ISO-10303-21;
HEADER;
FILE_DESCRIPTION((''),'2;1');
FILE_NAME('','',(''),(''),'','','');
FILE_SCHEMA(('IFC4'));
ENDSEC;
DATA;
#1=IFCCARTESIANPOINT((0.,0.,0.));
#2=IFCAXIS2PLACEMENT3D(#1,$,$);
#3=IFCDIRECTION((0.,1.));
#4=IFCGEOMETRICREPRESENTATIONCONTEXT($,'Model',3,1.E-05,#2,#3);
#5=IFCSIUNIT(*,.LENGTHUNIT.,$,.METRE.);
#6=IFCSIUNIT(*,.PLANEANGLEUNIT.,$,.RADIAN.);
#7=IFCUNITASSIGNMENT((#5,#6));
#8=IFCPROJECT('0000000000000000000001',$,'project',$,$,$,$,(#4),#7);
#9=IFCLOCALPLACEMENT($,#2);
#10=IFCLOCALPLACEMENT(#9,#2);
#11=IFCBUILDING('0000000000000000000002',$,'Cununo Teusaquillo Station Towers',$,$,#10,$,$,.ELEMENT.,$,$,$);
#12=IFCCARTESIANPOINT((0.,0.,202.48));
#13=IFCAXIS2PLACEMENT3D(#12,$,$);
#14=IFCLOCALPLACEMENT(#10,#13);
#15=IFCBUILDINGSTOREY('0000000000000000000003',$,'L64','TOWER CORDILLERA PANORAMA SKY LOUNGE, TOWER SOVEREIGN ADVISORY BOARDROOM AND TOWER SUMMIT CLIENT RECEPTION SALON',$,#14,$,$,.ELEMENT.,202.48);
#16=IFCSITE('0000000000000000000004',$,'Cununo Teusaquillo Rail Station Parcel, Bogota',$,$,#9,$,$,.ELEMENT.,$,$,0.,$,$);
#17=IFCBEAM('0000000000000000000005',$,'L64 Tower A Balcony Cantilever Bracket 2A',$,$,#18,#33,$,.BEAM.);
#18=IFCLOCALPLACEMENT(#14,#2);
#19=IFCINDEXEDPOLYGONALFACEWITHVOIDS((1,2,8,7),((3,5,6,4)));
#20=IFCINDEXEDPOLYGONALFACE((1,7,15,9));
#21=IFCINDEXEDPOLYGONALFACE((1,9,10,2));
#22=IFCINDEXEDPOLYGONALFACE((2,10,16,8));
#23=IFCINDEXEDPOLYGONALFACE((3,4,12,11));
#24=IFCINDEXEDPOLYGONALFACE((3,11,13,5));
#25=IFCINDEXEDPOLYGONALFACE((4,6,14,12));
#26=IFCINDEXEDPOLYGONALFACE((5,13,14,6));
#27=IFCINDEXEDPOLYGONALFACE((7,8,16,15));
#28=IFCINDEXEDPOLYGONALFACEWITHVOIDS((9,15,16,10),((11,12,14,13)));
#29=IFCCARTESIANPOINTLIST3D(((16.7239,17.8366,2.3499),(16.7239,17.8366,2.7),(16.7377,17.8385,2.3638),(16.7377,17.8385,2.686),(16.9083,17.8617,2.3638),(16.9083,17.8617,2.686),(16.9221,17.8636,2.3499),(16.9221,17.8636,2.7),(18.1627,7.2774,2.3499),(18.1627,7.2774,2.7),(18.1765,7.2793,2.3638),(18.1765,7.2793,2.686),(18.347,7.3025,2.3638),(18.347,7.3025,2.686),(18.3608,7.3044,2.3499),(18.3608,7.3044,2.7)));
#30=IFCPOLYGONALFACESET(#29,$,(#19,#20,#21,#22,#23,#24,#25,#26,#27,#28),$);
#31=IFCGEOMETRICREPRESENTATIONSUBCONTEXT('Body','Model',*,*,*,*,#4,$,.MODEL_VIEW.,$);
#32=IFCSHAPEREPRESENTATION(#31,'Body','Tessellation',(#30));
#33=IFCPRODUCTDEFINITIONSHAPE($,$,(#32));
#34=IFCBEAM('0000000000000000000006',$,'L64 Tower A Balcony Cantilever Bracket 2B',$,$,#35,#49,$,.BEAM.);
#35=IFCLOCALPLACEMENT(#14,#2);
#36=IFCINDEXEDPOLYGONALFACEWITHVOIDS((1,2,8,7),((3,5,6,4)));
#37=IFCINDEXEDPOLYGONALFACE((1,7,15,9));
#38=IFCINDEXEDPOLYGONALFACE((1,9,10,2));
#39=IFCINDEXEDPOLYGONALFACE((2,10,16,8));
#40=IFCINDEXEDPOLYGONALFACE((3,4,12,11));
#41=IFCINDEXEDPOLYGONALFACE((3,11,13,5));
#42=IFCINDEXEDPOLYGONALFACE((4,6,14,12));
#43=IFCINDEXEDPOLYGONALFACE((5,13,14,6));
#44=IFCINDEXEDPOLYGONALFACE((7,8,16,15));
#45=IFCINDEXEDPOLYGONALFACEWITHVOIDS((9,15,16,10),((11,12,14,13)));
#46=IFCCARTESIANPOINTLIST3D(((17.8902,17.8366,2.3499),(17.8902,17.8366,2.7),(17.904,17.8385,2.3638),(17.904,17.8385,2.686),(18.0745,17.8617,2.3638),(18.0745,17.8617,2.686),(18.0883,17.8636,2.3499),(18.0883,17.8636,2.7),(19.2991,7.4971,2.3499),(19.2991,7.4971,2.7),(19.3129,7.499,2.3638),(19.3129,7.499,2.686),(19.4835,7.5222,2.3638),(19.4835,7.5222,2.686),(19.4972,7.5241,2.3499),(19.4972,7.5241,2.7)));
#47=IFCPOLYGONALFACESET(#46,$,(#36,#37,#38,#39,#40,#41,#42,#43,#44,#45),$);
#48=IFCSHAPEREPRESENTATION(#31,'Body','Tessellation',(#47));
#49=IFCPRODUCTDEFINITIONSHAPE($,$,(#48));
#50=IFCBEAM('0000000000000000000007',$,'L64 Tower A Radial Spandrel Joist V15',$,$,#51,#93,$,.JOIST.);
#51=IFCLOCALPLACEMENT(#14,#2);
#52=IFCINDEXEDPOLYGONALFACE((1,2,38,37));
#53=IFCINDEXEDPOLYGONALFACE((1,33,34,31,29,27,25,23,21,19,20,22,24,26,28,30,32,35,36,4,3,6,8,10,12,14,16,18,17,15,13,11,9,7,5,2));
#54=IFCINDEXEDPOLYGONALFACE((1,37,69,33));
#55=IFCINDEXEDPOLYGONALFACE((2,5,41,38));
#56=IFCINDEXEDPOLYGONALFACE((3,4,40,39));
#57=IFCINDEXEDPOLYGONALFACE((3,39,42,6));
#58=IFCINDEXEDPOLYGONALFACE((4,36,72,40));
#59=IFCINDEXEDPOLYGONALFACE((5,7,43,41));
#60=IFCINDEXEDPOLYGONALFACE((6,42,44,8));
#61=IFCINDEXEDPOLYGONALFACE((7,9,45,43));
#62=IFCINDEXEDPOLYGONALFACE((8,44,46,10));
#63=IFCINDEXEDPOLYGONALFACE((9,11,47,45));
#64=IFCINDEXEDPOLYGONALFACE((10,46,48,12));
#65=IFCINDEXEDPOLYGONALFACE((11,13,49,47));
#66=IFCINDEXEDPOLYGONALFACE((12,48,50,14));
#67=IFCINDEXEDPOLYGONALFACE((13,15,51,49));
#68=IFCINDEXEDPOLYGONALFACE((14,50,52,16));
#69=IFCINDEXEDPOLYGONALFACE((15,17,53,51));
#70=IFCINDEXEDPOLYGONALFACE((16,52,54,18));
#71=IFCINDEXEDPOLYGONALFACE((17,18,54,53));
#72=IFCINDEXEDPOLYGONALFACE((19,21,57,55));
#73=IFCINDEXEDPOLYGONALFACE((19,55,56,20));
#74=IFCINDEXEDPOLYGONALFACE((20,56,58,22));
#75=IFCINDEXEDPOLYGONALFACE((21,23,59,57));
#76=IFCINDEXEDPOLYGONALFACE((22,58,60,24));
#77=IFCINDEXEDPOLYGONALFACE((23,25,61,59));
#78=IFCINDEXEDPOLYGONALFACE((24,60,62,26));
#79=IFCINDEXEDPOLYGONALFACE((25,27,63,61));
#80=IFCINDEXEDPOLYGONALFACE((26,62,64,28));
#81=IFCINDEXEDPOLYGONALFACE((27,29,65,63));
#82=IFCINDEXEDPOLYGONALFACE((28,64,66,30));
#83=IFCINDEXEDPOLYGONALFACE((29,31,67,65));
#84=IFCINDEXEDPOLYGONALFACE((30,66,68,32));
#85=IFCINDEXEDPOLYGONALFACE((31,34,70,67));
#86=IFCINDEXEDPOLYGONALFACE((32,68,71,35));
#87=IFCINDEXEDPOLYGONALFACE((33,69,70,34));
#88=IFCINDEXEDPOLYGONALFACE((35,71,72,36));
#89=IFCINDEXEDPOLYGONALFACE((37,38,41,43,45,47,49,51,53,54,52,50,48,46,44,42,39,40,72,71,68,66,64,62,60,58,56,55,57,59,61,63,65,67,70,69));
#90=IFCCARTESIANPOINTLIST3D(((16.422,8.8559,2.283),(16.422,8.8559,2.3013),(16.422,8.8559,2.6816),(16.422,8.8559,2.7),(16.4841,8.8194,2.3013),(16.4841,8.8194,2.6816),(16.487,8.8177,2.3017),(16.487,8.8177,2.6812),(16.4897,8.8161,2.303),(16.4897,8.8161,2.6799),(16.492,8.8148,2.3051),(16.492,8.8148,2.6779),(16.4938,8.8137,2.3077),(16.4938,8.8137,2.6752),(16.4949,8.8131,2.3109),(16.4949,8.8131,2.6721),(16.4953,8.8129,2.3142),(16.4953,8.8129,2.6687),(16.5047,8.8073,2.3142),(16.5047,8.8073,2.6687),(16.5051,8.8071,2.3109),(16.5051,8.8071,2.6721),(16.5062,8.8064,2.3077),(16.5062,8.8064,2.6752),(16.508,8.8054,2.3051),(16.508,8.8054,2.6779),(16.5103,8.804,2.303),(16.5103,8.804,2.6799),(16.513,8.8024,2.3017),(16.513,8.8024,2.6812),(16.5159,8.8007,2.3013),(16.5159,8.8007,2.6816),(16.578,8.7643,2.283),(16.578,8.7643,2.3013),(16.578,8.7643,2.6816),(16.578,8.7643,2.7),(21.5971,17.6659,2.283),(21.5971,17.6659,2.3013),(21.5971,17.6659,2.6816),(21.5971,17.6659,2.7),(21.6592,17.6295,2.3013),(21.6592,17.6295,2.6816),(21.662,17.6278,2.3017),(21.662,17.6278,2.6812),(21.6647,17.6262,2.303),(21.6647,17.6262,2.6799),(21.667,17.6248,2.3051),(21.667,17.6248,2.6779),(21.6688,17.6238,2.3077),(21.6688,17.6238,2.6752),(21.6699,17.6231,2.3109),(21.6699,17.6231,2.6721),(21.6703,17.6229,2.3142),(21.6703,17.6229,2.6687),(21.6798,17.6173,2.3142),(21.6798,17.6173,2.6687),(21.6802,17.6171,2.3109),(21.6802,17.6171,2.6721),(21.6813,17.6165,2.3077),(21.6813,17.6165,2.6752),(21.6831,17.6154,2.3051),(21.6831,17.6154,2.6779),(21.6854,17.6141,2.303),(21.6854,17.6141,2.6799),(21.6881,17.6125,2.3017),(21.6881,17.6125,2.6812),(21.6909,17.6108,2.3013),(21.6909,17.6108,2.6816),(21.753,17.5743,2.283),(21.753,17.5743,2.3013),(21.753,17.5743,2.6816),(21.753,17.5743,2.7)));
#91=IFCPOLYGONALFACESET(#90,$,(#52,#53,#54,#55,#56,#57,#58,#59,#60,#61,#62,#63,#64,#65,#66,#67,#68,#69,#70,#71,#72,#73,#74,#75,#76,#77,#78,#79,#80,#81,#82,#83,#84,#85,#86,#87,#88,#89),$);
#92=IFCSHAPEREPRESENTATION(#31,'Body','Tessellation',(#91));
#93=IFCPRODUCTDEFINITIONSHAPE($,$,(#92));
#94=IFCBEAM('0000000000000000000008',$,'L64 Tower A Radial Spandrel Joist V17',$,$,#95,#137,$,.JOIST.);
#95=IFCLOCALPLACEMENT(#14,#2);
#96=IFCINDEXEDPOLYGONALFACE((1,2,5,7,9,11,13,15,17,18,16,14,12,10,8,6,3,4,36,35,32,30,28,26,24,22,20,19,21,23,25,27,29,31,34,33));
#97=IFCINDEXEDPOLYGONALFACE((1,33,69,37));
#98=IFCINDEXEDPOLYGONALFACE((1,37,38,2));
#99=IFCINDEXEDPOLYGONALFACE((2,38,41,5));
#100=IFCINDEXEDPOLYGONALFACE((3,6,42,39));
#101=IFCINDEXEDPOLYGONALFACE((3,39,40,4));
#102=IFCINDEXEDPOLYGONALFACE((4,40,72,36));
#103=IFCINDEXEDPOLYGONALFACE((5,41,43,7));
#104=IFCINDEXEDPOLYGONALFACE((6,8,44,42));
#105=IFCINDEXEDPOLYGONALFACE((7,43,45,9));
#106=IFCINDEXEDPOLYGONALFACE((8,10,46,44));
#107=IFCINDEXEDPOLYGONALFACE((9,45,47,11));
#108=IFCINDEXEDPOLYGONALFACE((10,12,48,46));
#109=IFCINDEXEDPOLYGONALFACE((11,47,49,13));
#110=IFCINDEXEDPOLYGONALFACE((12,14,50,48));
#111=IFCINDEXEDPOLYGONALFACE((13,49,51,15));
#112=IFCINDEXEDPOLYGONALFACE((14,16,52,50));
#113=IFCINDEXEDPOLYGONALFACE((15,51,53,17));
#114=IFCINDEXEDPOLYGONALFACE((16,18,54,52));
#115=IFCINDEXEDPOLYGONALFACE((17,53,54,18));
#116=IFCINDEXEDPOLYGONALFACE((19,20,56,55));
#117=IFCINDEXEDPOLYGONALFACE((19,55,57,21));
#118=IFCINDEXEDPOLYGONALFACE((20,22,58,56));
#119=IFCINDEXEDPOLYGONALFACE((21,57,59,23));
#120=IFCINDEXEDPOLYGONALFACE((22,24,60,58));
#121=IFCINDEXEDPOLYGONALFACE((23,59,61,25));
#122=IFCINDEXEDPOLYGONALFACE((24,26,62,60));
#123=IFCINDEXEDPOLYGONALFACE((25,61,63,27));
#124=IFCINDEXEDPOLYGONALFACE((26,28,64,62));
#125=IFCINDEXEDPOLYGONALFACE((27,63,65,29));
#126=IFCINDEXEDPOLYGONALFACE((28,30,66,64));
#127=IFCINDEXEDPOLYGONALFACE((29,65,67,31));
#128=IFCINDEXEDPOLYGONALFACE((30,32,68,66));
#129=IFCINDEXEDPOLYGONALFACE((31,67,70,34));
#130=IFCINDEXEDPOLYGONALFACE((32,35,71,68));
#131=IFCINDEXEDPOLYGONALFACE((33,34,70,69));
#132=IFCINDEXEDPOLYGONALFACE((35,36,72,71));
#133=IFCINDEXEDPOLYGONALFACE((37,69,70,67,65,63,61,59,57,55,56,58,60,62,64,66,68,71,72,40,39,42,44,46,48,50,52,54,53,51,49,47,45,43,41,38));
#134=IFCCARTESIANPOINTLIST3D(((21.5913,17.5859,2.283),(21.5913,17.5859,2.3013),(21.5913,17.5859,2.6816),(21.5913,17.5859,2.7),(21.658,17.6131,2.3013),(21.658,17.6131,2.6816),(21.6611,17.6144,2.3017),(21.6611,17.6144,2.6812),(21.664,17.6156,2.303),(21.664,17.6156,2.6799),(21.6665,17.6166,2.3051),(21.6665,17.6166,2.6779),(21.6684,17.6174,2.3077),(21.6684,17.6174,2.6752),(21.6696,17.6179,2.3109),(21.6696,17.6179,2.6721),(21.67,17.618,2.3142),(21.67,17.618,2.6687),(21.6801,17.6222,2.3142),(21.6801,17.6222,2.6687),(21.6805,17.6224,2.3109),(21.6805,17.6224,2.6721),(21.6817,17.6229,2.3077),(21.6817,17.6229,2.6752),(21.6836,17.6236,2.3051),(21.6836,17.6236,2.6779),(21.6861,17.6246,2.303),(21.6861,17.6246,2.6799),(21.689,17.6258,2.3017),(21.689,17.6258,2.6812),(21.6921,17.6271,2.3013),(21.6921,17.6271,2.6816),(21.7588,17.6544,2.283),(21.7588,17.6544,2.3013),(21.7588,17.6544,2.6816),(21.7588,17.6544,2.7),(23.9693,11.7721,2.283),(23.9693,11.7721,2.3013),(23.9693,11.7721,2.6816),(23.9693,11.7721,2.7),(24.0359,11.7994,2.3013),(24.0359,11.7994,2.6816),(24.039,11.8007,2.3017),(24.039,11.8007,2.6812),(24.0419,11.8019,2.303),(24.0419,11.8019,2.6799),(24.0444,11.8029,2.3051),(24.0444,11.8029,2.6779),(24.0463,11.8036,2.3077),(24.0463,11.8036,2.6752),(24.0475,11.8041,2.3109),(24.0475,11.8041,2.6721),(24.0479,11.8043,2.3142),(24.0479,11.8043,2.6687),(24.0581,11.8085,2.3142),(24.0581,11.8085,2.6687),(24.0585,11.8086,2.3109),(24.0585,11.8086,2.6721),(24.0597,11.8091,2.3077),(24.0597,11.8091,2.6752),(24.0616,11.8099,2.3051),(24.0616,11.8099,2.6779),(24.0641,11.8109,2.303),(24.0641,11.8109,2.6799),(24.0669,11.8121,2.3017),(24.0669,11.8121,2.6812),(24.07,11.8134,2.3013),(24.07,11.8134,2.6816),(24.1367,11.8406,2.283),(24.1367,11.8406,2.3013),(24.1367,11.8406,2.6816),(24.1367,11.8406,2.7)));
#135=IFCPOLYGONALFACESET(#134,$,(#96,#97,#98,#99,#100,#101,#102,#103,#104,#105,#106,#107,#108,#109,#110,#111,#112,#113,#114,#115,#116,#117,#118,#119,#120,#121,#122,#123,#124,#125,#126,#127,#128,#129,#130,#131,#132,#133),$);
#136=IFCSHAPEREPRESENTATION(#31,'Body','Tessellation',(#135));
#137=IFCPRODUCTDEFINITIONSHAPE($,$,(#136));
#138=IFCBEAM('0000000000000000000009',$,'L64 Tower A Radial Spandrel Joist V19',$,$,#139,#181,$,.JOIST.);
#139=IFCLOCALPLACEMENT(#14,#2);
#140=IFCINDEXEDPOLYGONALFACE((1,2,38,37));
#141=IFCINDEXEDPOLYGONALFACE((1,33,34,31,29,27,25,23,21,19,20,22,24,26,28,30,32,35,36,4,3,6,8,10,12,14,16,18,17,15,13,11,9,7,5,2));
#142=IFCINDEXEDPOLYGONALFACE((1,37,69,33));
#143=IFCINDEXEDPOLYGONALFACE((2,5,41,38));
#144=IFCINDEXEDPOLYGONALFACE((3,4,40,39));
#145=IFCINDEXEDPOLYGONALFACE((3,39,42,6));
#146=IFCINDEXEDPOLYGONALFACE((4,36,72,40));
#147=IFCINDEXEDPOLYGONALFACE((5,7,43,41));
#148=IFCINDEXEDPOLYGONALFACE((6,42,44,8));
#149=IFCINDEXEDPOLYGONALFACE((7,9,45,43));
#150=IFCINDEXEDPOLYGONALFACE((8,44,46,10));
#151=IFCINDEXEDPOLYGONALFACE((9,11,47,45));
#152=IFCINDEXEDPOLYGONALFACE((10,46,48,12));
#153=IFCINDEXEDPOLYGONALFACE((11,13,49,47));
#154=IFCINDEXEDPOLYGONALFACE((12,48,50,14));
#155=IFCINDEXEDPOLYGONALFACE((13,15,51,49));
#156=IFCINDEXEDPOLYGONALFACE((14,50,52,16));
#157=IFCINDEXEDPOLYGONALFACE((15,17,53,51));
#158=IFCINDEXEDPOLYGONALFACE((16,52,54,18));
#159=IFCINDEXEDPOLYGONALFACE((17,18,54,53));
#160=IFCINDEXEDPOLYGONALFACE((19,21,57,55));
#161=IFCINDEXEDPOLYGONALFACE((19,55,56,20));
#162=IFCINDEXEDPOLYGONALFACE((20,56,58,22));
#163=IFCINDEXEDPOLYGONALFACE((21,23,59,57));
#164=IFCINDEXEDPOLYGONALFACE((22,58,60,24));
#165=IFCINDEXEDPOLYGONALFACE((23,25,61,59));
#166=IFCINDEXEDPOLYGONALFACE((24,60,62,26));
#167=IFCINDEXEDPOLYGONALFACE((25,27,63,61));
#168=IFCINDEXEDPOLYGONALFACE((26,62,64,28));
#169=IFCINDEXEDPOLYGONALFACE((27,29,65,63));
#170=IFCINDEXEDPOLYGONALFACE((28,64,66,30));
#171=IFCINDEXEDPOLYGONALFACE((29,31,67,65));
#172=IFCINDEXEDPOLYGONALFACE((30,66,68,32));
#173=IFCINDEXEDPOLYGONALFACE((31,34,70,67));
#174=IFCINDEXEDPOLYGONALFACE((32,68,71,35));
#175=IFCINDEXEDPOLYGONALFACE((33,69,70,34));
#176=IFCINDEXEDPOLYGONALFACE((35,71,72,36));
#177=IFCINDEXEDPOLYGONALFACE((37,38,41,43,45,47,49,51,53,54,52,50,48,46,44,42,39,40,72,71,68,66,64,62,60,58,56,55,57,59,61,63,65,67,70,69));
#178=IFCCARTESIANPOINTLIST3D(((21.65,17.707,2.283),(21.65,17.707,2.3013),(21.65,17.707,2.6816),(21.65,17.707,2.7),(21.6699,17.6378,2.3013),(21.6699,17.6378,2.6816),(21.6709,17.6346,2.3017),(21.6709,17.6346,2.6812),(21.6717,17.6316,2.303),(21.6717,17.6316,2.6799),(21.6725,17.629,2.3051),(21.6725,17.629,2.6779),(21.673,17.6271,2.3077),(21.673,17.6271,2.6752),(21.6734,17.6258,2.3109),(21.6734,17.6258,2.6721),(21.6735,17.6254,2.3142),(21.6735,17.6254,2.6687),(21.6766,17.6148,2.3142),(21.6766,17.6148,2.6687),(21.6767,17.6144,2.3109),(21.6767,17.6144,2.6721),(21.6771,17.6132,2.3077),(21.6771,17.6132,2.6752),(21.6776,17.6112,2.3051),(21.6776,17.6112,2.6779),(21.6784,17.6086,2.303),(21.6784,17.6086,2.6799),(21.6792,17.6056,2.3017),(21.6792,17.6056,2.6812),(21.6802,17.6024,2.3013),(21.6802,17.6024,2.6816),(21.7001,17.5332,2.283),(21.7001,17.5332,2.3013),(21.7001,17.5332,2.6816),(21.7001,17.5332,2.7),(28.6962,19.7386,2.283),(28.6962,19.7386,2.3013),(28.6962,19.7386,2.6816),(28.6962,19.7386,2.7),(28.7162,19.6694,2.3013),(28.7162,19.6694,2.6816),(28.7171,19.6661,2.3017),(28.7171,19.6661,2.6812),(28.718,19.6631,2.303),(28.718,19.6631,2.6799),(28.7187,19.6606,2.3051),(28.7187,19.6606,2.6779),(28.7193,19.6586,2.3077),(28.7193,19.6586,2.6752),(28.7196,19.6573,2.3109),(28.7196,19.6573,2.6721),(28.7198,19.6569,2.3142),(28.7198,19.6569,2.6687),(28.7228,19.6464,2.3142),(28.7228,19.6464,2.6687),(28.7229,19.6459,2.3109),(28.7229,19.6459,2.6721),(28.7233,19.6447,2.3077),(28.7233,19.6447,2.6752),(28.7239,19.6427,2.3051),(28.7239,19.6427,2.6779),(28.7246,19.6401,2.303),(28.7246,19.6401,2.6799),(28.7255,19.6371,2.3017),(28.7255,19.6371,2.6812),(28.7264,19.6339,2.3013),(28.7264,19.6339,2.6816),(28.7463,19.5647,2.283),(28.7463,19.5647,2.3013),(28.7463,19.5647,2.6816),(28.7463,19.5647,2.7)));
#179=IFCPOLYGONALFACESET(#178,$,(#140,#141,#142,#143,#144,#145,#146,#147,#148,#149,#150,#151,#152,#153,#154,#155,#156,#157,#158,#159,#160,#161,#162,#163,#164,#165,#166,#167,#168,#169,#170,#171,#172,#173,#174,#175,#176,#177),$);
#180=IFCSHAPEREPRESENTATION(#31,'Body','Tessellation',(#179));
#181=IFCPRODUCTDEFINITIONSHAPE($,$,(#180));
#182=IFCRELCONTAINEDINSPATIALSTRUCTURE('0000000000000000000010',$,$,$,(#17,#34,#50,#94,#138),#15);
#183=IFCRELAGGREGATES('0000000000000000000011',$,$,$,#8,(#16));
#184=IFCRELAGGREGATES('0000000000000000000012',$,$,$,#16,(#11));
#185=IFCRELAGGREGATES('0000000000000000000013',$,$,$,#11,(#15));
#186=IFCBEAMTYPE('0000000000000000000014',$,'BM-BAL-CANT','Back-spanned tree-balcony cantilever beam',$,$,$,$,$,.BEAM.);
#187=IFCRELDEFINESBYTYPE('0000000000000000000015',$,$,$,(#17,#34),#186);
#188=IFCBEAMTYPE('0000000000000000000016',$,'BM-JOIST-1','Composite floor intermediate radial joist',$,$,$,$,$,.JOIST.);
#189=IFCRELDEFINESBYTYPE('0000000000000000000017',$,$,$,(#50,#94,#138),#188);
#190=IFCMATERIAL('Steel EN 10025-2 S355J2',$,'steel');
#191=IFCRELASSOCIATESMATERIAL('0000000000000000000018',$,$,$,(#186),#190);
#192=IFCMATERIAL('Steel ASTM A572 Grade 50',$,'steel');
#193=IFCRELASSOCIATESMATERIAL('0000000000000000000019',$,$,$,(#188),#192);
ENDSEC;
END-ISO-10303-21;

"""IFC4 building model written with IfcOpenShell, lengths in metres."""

from ifc_helpers import new_model, si_unit, direction, frame, origin, origin_2d, place, context, subcontext, project, spatial, hollow_rectangle, i_section, extrude, material, material_profile, profile_set, type_object, element, save


model = new_model("IFC4")

# Units and contexts
model_context = context("Model", 3, precision=1e-05, world=origin(), true_north=direction((0.0, 1.0)))
body_context = subcontext(model_context, "Body", "Model", "MODEL_VIEW")
ifc_project = project(units=[si_unit("LENGTHUNIT", "METRE"), si_unit("PLANEANGLEUNIT", "RADIAN")], contexts=[model_context])

# Site, building, storey
site_placement = place(None, origin())
site = spatial("IfcSite", under=ifc_project, at=site_placement, Name="Cununo Teusaquillo Rail Station Parcel, Bogota", CompositionType="ELEMENT", RefElevation=0.0)
building_placement = place(site_placement, origin())
building = spatial("IfcBuilding", under=site, at=building_placement, Name="Cununo Teusaquillo Station Towers", CompositionType="ELEMENT")
storey_placement = place(building_placement, frame((0.0, 0.0, 202.48)))
storey = spatial("IfcBuildingStorey", under=building, at=storey_placement, Name="L64", Description="TOWER CORDILLERA PANORAMA SKY LOUNGE, TOWER SOVEREIGN ADVISORY BOARDROOM AND TOWER SUMMIT CLIENT RECEPTION SALON", CompositionType="ELEMENT", Elevation=202.48)

# Beams
ifc_material_1 = material(Name="Steel EN 10025-2 S355J2", Category="steel")
ifc_material_profile_1 = material_profile(ifc_material_1, hollow_rectangle(XDim=0.2, YDim=0.3501, WallThickness=0.0139, at=origin_2d()), Name="RHS 350x200x14")
ifc_profile_set_1 = profile_set([ifc_material_profile_1], Name="Steel EN 10025-2 S355J2")
beam_type_1 = type_object("IfcBeamType", Name="BM-BAL-CANT", Description="Back-spanned tree-balcony cantilever beam", PredefinedType="BEAM", material=ifc_profile_set_1)
beam_1_placement = place(storey_placement, frame((16.823, 17.8501, 2.5249), z_axis=(0.135007, -0.990845, 0.0), x_axis=(0.990845, 0.135007, 0.0)))
element("IfcBeam", 1, at=beam_1_placement, inside=storey, type_object=beam_type_1, Name="L64 Tower A Balcony Cantilever Bracket 2A", PredefinedType="BEAM", context=body_context, shape_type="SweptSolid", body=[
    extrude(hollow_rectangle(XDim=0.2, YDim=0.3501, WallThickness=0.0139, at=origin_2d()), origin(), (0.0, 0.0, 1.0), 10.6567),
])
beam_2_placement = place(storey_placement, frame((17.9893, 17.8501, 2.5249), z_axis=(0.135018, -0.990843, 0.0), x_axis=(0.990843, 0.135018, 0.0)))
element("IfcBeam", 2, at=beam_2_placement, inside=storey, type_object=beam_type_1, Name="L64 Tower A Balcony Cantilever Bracket 2B", PredefinedType="BEAM", context=body_context, shape_type="SweptSolid", body=[
    extrude(hollow_rectangle(XDim=0.2, YDim=0.3501, WallThickness=0.0139, at=origin_2d()), origin(), (0.0, 0.0, 1.0), 10.4351),
])
ifc_material_2 = material(Name="Steel ASTM A572 Grade 50", Category="steel")
ifc_material_profile_2 = material_profile(ifc_material_2, i_section(OverallWidth=0.1809, OverallDepth=0.417, WebThickness=0.011, FlangeThickness=0.0183, FilletRadius=0.0129, at=origin_2d()), Name="W16X57")
ifc_profile_set_2 = profile_set([ifc_material_profile_2], Name="Steel ASTM A572 Grade 50")
beam_type_2 = type_object("IfcBeamType", Name="BM-JOIST-1", Description="Composite floor intermediate radial joist", PredefinedType="JOIST", material=ifc_profile_set_2)
beam_3_placement = place(storey_placement, frame((21.675, 17.6201, 2.4915), z_axis=(-0.506486, -0.862248, 0.0), x_axis=(0.862248, -0.506486, 0.0)))
element("IfcBeam", 3, at=beam_3_placement, inside=storey, type_object=beam_type_2, Name="L64 Tower A Radial Spandrel Joist V15", PredefinedType="JOIST", context=body_context, shape_type="SweptSolid", body=[
    extrude(i_section(OverallWidth=0.1809, OverallDepth=0.417, WebThickness=0.011, FlangeThickness=0.0183, FilletRadius=0.0129, at=origin_2d()), origin(), (0.0, 0.0, 1.0), 10.2175),
])
beam_4_placement = place(storey_placement, frame((21.675, 17.6201, 2.4915), z_axis=(0.378577, -0.92557, 0.0), x_axis=(0.92557, 0.378577, 0.0)))
element("IfcBeam", 4, at=beam_4_placement, inside=storey, type_object=beam_type_2, Name="L64 Tower A Radial Spandrel Joist V17", PredefinedType="JOIST", context=body_context, shape_type="SweptSolid", body=[
    extrude(i_section(OverallWidth=0.1809, OverallDepth=0.417, WebThickness=0.011, FlangeThickness=0.0183, FilletRadius=0.0129, at=origin_2d()), origin(), (0.0, 0.0, 1.0), 6.2812),
])
beam_5_placement = place(storey_placement, frame((21.675, 17.6201, 2.4915), z_axis=(0.960862, 0.277029, 0.0), x_axis=(-0.277029, 0.960862, 0.0)))
element("IfcBeam", 5, at=beam_5_placement, inside=storey, type_object=beam_type_2, Name="L64 Tower A Radial Spandrel Joist V19", PredefinedType="JOIST", context=body_context, shape_type="SweptSolid", body=[
    extrude(i_section(OverallWidth=0.1809, OverallDepth=0.417, WebThickness=0.011, FlangeThickness=0.0183, FilletRadius=0.0129, at=origin_2d()), origin(), (0.0, 0.0, 1.0), 7.3333),
])

save(model, "model.ifc")
